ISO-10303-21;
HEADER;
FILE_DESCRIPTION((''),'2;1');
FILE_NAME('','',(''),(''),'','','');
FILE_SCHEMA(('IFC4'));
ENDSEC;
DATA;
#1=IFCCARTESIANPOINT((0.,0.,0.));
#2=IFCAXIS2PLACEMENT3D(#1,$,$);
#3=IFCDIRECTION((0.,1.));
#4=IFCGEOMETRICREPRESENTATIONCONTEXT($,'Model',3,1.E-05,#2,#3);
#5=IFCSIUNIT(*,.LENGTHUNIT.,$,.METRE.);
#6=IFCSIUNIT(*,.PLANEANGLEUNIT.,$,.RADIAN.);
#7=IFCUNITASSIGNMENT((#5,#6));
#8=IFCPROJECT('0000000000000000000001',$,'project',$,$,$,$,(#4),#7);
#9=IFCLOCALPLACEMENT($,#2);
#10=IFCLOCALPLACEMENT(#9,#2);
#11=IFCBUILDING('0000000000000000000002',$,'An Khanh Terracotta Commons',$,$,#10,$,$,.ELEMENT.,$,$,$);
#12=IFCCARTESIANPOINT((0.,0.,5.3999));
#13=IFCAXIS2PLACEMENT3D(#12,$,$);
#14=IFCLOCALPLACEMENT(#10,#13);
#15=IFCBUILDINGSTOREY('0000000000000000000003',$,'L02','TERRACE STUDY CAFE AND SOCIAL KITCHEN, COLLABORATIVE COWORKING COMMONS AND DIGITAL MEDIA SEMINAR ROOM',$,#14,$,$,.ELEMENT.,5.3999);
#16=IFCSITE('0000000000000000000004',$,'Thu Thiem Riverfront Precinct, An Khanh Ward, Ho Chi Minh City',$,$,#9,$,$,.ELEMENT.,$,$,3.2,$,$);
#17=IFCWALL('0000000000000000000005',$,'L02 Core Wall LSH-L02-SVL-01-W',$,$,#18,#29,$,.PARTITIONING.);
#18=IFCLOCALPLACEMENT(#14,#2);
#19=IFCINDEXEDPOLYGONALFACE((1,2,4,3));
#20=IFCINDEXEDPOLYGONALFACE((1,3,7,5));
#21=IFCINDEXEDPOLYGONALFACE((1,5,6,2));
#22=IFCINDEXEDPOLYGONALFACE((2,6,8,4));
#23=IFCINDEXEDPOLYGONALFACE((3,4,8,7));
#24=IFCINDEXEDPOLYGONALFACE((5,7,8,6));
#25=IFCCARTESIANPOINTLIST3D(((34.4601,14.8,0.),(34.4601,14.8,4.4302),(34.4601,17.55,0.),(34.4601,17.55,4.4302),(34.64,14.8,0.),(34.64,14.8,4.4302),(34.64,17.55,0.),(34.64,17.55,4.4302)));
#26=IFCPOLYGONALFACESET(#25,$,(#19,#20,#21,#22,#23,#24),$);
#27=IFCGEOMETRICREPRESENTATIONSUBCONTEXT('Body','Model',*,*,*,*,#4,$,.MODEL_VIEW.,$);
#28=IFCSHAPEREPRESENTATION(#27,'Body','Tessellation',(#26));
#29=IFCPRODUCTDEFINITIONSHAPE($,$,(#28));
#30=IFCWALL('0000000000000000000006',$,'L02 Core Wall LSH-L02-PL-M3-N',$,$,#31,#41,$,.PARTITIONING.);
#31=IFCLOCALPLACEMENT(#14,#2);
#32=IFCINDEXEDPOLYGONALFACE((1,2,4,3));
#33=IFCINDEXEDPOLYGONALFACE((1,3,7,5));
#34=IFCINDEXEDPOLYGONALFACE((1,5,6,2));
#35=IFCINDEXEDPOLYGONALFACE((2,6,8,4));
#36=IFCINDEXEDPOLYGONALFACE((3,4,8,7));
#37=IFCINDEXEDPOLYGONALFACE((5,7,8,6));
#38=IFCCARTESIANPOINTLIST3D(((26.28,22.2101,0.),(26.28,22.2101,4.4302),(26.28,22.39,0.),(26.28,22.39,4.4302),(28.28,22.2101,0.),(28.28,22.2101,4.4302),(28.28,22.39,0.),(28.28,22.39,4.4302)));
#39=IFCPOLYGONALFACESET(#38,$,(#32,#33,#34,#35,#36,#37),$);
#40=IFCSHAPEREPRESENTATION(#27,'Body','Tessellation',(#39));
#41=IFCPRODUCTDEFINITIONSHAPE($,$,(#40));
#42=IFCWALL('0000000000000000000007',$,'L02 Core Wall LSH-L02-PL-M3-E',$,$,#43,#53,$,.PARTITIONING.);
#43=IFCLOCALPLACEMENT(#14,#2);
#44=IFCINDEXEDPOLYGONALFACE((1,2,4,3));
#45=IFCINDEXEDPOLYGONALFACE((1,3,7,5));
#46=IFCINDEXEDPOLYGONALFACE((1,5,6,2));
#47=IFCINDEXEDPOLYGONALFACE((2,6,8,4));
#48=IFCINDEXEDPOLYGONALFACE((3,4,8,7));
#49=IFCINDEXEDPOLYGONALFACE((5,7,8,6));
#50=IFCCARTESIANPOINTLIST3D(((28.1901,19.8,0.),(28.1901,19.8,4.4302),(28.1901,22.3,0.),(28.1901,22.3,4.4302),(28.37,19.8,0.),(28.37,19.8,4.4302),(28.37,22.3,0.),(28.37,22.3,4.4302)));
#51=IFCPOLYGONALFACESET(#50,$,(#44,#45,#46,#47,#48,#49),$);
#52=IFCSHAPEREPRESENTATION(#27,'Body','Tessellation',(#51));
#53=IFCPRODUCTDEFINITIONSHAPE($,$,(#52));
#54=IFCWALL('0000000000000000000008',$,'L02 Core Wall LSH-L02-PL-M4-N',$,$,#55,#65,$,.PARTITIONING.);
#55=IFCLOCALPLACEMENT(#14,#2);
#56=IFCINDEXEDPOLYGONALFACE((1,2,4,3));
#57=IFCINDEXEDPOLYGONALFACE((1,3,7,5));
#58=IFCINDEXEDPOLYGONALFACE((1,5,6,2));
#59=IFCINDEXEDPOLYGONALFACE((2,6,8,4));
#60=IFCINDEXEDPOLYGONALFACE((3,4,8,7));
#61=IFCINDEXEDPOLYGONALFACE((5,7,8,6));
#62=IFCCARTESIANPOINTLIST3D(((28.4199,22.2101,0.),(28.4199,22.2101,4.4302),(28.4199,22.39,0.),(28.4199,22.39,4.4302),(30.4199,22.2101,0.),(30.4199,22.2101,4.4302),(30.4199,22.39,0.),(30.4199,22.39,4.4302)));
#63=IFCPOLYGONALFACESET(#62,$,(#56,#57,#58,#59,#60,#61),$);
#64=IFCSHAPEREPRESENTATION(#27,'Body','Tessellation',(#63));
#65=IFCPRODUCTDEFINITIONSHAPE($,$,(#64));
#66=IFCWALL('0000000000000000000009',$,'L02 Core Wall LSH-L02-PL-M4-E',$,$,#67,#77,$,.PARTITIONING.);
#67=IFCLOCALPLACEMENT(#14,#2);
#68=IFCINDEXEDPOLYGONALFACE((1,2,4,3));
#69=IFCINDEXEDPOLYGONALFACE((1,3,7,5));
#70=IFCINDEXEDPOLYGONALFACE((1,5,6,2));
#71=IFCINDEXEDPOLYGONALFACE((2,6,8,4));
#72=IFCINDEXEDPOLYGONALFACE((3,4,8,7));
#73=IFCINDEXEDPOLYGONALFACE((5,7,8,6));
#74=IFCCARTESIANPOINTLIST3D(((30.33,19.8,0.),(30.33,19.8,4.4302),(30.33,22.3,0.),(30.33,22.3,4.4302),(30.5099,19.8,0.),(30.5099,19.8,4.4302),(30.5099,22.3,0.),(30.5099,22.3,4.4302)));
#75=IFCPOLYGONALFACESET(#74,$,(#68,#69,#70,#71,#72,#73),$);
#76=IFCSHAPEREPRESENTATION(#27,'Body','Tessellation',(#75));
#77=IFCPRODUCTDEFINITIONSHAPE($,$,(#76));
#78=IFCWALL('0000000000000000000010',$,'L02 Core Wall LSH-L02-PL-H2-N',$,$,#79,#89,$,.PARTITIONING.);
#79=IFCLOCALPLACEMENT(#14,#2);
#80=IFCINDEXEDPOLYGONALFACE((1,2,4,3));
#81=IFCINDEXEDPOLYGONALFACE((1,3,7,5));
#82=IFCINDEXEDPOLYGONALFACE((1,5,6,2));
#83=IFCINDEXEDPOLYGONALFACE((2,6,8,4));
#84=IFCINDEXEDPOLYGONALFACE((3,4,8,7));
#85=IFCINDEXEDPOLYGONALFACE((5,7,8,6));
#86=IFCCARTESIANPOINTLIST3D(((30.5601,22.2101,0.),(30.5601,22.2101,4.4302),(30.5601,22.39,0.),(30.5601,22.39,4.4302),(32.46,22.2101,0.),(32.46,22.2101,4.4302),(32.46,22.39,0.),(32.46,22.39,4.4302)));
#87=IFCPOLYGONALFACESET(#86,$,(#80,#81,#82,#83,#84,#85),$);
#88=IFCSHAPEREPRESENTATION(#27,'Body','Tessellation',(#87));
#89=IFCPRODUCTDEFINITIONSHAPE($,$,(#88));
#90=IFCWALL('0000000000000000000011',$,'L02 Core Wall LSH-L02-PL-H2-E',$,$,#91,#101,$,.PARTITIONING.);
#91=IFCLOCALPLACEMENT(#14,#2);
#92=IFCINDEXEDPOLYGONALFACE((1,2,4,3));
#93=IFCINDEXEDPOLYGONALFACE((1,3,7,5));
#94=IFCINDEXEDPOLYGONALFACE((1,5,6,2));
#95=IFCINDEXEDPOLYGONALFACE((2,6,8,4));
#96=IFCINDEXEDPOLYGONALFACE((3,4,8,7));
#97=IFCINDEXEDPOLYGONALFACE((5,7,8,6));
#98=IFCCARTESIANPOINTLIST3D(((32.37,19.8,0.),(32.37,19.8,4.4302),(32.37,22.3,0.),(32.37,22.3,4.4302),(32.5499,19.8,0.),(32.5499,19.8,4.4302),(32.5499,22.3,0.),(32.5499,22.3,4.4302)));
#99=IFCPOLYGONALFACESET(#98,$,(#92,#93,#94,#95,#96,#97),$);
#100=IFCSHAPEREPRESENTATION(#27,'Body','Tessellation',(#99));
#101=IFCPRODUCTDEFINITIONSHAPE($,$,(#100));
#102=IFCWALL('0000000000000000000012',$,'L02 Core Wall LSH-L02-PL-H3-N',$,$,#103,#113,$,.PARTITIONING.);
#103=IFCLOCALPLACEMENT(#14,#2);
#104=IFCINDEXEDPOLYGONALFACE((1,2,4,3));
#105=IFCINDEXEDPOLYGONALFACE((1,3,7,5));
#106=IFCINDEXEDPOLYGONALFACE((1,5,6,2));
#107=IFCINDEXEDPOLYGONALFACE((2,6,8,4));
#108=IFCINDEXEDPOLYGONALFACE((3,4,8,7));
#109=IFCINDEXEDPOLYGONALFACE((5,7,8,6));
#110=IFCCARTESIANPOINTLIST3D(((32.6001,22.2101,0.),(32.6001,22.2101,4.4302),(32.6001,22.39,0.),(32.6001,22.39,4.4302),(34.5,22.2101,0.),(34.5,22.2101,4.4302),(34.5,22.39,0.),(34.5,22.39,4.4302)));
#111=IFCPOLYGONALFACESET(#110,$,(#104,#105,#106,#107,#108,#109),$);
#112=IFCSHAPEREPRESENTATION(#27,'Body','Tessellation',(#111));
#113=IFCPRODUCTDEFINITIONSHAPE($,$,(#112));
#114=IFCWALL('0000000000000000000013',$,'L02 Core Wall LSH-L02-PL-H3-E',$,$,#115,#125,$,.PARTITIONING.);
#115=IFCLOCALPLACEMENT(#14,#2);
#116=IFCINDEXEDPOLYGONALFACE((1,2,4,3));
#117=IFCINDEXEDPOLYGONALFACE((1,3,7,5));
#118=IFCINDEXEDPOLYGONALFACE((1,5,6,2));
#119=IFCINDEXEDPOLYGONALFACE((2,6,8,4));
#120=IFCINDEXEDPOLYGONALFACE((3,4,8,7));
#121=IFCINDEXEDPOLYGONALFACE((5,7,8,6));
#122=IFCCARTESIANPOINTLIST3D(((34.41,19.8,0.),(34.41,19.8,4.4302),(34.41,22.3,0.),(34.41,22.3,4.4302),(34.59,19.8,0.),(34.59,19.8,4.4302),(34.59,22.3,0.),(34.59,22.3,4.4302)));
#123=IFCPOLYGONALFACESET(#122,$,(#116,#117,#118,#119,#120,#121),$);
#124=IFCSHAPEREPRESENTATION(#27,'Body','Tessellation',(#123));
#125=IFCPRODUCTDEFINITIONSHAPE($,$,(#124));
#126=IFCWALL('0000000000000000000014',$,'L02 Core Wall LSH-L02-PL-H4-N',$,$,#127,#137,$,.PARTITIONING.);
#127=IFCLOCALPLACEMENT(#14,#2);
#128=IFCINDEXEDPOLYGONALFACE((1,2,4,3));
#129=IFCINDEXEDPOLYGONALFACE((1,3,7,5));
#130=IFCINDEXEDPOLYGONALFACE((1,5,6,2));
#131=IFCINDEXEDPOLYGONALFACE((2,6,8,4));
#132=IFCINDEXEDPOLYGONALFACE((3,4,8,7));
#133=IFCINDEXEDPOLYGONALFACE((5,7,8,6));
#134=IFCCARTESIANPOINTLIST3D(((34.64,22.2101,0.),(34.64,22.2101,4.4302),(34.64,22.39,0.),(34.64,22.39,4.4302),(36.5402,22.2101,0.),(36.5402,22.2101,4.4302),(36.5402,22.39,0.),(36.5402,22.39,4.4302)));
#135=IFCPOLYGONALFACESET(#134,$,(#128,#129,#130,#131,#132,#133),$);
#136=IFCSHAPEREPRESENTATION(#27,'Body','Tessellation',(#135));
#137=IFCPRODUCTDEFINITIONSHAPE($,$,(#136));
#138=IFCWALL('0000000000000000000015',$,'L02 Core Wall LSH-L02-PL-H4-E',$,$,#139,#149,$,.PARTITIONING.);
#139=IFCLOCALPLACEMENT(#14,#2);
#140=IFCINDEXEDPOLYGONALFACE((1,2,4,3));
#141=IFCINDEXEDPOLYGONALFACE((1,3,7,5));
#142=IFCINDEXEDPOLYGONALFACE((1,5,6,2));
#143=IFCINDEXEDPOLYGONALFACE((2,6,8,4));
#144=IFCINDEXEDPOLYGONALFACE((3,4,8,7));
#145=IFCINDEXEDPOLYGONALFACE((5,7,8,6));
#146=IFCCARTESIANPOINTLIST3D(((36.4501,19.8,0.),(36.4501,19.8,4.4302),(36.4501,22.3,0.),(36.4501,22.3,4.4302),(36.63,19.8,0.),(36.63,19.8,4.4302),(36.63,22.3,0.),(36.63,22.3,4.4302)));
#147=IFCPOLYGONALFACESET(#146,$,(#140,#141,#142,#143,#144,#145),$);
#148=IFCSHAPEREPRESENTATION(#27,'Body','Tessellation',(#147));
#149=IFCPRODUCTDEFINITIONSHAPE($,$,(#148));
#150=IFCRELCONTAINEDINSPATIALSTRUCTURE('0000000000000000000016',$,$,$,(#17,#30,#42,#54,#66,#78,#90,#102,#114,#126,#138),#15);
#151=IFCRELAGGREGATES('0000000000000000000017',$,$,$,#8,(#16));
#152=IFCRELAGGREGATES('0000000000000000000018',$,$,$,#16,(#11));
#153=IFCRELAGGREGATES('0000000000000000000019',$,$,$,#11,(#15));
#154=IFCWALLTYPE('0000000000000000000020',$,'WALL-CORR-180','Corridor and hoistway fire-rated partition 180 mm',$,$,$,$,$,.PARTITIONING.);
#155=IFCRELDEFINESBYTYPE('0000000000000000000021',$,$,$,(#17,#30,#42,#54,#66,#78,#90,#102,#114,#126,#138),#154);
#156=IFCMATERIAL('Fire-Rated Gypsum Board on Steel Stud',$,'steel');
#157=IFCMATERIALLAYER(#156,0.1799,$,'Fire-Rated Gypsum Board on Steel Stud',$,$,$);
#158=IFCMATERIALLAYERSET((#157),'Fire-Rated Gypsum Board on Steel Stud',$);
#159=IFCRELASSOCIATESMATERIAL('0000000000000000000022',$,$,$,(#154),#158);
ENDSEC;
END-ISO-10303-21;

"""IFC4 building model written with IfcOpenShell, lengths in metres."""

from ifc_helpers import new_model, si_unit, direction, frame, frame_2d, origin, place, context, subcontext, project, spatial, rectangle, extrude, material, layer, layer_set, type_object, element, save


model = new_model("IFC4")

# Units and contexts
model_context = context("Model", 3, precision=1e-05, world=origin(), true_north=direction((0.0, 1.0)))
body_context = subcontext(model_context, "Body", "Model", "MODEL_VIEW")
ifc_project = project(units=[si_unit("LENGTHUNIT", "METRE"), si_unit("PLANEANGLEUNIT", "RADIAN")], contexts=[model_context])

# Site, building, storey
site_placement = place(None, origin())
site = spatial("IfcSite", under=ifc_project, at=site_placement, Name="Thu Thiem Riverfront Precinct, An Khanh Ward, Ho Chi Minh City", CompositionType="ELEMENT", RefElevation=3.2)
building_placement = place(site_placement, origin())
building = spatial("IfcBuilding", under=site, at=building_placement, Name="An Khanh Terracotta Commons", CompositionType="ELEMENT")
storey_placement = place(building_placement, frame((0.0, 0.0, 5.3999)))
storey = spatial("IfcBuildingStorey", under=building, at=storey_placement, Name="L02", Description="TERRACE STUDY CAFE AND SOCIAL KITCHEN, COLLABORATIVE COWORKING COMMONS AND DIGITAL MEDIA SEMINAR ROOM", CompositionType="ELEMENT", Elevation=5.3999)

# Shared definitions
ifc_material_1 = material(Name="Fire-Rated Gypsum Board on Steel Stud", Category="steel")
ifc_layer = layer(ifc_material_1, 0.1799, Name="Fire-Rated Gypsum Board on Steel Stud")
ifc_layer_set = layer_set([ifc_layer], Name="Fire-Rated Gypsum Board on Steel Stud")
wall_type = type_object("IfcWallType", Name="WALL-CORR-180", Description="Corridor and hoistway fire-rated partition 180 mm", PredefinedType="PARTITIONING", material=ifc_layer_set)

# Walls
wall_1_placement = place(storey_placement, frame((34.55, 17.55, 0.0), z_axis=(0.0, 0.0, 1.0), x_axis=(0.0, -1.0, 0.0)))
element("IfcWall", 1, at=wall_1_placement, inside=storey, type_object=wall_type, Name="L02 Core Wall LSH-L02-SVL-01-W", PredefinedType="PARTITIONING", context=body_context, shape_type="SweptSolid", body=[
    extrude(rectangle(XDim=2.75, YDim=0.1799, at=frame_2d((1.375, 0.0))), origin(), (0.0, 0.0, 1.0), 4.4302),
])
wall_2_placement = place(storey_placement, frame((26.28, 22.3, 0.0), z_axis=(0.0, 0.0, 1.0), x_axis=(1.0, 0.0, 0.0)))
element("IfcWall", 2, at=wall_2_placement, inside=storey, type_object=wall_type, Name="L02 Core Wall LSH-L02-PL-M3-N", PredefinedType="PARTITIONING", context=body_context, shape_type="SweptSolid", body=[
    extrude(rectangle(XDim=2.0, YDim=0.1799, at=frame_2d((1.0, 0.0))), origin(), (0.0, 0.0, 1.0), 4.4302),
])
wall_3_placement = place(storey_placement, frame((28.28, 19.8, 0.0), z_axis=(0.0, 0.0, 1.0), x_axis=(0.0, 1.0, 0.0)))
element("IfcWall", 3, at=wall_3_placement, inside=storey, type_object=wall_type, Name="L02 Core Wall LSH-L02-PL-M3-E", PredefinedType="PARTITIONING", context=body_context, shape_type="SweptSolid", body=[
    extrude(rectangle(XDim=2.5, YDim=0.1799, at=frame_2d((1.25, 0.0))), origin(), (0.0, 0.0, 1.0), 4.4302),
])
wall_4_placement = place(storey_placement, frame((28.4199, 22.3, 0.0), z_axis=(0.0, 0.0, 1.0), x_axis=(1.0, 0.0, 0.0)))
element("IfcWall", 4, at=wall_4_placement, inside=storey, type_object=wall_type, Name="L02 Core Wall LSH-L02-PL-M4-N", PredefinedType="PARTITIONING", context=body_context, shape_type="SweptSolid", body=[
    extrude(rectangle(XDim=2.0, YDim=0.1799, at=frame_2d((1.0, 0.0))), origin(), (0.0, 0.0, 1.0), 4.4302),
])
wall_5_placement = place(storey_placement, frame((30.4199, 19.8, 0.0), z_axis=(0.0, 0.0, 1.0), x_axis=(0.0, 1.0, 0.0)))
element("IfcWall", 5, at=wall_5_placement, inside=storey, type_object=wall_type, Name="L02 Core Wall LSH-L02-PL-M4-E", PredefinedType="PARTITIONING", context=body_context, shape_type="SweptSolid", body=[
    extrude(rectangle(XDim=2.5, YDim=0.1799, at=frame_2d((1.25, 0.0))), origin(), (0.0, 0.0, 1.0), 4.4302),
])
wall_6_placement = place(storey_placement, frame((30.5601, 22.3, 0.0), z_axis=(0.0, 0.0, 1.0), x_axis=(1.0, 0.0, 0.0)))
element("IfcWall", 6, at=wall_6_placement, inside=storey, type_object=wall_type, Name="L02 Core Wall LSH-L02-PL-H2-N", PredefinedType="PARTITIONING", context=body_context, shape_type="SweptSolid", body=[
    extrude(rectangle(XDim=1.8999, YDim=0.1799, at=frame_2d((0.95, 0.0))), origin(), (0.0, 0.0, 1.0), 4.4302),
])
wall_7_placement = place(storey_placement, frame((32.46, 19.8, 0.0), z_axis=(0.0, 0.0, 1.0), x_axis=(0.0, 1.0, 0.0)))
element("IfcWall", 7, at=wall_7_placement, inside=storey, type_object=wall_type, Name="L02 Core Wall LSH-L02-PL-H2-E", PredefinedType="PARTITIONING", context=body_context, shape_type="SweptSolid", body=[
    extrude(rectangle(XDim=2.5, YDim=0.1799, at=frame_2d((1.25, 0.0))), origin(), (0.0, 0.0, 1.0), 4.4302),
])
wall_8_placement = place(storey_placement, frame((32.6001, 22.3, 0.0), z_axis=(0.0, 0.0, 1.0), x_axis=(1.0, 0.0, 0.0)))
element("IfcWall", 8, at=wall_8_placement, inside=storey, type_object=wall_type, Name="L02 Core Wall LSH-L02-PL-H3-N", PredefinedType="PARTITIONING", context=body_context, shape_type="SweptSolid", body=[
    extrude(rectangle(XDim=1.8999, YDim=0.1799, at=frame_2d((0.95, 0.0))), origin(), (0.0, 0.0, 1.0), 4.4302),
])
wall_9_placement = place(storey_placement, frame((34.5, 19.8, 0.0), z_axis=(0.0, 0.0, 1.0), x_axis=(0.0, 1.0, 0.0)))
element("IfcWall", 9, at=wall_9_placement, inside=storey, type_object=wall_type, Name="L02 Core Wall LSH-L02-PL-H3-E", PredefinedType="PARTITIONING", context=body_context, shape_type="SweptSolid", body=[
    extrude(rectangle(XDim=2.5, YDim=0.1799, at=frame_2d((1.25, 0.0))), origin(), (0.0, 0.0, 1.0), 4.4302),
])
wall_10_placement = place(storey_placement, frame((34.6399, 22.3, 0.0), z_axis=(0.0, 0.0, 1.0), x_axis=(1.0, 0.0, 0.0)))
element("IfcWall", 10, at=wall_10_placement, inside=storey, type_object=wall_type, Name="L02 Core Wall LSH-L02-PL-H4-N", PredefinedType="PARTITIONING", context=body_context, shape_type="SweptSolid", body=[
    extrude(rectangle(XDim=1.9001, YDim=0.1799, at=frame_2d((0.9502, 0.0))), origin(), (0.0, 0.0, 1.0), 4.4302),
])
wall_11_placement = place(storey_placement, frame((36.54, 19.8, 0.0), z_axis=(0.0, 0.0, 1.0), x_axis=(0.0, 1.0, 0.0)))
element("IfcWall", 11, at=wall_11_placement, inside=storey, type_object=wall_type, Name="L02 Core Wall LSH-L02-PL-H4-E", PredefinedType="PARTITIONING", context=body_context, shape_type="SweptSolid", body=[
    extrude(rectangle(XDim=2.5, YDim=0.1799, at=frame_2d((1.25, 0.0))), origin(), (0.0, 0.0, 1.0), 4.4302),
])

save(model, "model.ifc")
